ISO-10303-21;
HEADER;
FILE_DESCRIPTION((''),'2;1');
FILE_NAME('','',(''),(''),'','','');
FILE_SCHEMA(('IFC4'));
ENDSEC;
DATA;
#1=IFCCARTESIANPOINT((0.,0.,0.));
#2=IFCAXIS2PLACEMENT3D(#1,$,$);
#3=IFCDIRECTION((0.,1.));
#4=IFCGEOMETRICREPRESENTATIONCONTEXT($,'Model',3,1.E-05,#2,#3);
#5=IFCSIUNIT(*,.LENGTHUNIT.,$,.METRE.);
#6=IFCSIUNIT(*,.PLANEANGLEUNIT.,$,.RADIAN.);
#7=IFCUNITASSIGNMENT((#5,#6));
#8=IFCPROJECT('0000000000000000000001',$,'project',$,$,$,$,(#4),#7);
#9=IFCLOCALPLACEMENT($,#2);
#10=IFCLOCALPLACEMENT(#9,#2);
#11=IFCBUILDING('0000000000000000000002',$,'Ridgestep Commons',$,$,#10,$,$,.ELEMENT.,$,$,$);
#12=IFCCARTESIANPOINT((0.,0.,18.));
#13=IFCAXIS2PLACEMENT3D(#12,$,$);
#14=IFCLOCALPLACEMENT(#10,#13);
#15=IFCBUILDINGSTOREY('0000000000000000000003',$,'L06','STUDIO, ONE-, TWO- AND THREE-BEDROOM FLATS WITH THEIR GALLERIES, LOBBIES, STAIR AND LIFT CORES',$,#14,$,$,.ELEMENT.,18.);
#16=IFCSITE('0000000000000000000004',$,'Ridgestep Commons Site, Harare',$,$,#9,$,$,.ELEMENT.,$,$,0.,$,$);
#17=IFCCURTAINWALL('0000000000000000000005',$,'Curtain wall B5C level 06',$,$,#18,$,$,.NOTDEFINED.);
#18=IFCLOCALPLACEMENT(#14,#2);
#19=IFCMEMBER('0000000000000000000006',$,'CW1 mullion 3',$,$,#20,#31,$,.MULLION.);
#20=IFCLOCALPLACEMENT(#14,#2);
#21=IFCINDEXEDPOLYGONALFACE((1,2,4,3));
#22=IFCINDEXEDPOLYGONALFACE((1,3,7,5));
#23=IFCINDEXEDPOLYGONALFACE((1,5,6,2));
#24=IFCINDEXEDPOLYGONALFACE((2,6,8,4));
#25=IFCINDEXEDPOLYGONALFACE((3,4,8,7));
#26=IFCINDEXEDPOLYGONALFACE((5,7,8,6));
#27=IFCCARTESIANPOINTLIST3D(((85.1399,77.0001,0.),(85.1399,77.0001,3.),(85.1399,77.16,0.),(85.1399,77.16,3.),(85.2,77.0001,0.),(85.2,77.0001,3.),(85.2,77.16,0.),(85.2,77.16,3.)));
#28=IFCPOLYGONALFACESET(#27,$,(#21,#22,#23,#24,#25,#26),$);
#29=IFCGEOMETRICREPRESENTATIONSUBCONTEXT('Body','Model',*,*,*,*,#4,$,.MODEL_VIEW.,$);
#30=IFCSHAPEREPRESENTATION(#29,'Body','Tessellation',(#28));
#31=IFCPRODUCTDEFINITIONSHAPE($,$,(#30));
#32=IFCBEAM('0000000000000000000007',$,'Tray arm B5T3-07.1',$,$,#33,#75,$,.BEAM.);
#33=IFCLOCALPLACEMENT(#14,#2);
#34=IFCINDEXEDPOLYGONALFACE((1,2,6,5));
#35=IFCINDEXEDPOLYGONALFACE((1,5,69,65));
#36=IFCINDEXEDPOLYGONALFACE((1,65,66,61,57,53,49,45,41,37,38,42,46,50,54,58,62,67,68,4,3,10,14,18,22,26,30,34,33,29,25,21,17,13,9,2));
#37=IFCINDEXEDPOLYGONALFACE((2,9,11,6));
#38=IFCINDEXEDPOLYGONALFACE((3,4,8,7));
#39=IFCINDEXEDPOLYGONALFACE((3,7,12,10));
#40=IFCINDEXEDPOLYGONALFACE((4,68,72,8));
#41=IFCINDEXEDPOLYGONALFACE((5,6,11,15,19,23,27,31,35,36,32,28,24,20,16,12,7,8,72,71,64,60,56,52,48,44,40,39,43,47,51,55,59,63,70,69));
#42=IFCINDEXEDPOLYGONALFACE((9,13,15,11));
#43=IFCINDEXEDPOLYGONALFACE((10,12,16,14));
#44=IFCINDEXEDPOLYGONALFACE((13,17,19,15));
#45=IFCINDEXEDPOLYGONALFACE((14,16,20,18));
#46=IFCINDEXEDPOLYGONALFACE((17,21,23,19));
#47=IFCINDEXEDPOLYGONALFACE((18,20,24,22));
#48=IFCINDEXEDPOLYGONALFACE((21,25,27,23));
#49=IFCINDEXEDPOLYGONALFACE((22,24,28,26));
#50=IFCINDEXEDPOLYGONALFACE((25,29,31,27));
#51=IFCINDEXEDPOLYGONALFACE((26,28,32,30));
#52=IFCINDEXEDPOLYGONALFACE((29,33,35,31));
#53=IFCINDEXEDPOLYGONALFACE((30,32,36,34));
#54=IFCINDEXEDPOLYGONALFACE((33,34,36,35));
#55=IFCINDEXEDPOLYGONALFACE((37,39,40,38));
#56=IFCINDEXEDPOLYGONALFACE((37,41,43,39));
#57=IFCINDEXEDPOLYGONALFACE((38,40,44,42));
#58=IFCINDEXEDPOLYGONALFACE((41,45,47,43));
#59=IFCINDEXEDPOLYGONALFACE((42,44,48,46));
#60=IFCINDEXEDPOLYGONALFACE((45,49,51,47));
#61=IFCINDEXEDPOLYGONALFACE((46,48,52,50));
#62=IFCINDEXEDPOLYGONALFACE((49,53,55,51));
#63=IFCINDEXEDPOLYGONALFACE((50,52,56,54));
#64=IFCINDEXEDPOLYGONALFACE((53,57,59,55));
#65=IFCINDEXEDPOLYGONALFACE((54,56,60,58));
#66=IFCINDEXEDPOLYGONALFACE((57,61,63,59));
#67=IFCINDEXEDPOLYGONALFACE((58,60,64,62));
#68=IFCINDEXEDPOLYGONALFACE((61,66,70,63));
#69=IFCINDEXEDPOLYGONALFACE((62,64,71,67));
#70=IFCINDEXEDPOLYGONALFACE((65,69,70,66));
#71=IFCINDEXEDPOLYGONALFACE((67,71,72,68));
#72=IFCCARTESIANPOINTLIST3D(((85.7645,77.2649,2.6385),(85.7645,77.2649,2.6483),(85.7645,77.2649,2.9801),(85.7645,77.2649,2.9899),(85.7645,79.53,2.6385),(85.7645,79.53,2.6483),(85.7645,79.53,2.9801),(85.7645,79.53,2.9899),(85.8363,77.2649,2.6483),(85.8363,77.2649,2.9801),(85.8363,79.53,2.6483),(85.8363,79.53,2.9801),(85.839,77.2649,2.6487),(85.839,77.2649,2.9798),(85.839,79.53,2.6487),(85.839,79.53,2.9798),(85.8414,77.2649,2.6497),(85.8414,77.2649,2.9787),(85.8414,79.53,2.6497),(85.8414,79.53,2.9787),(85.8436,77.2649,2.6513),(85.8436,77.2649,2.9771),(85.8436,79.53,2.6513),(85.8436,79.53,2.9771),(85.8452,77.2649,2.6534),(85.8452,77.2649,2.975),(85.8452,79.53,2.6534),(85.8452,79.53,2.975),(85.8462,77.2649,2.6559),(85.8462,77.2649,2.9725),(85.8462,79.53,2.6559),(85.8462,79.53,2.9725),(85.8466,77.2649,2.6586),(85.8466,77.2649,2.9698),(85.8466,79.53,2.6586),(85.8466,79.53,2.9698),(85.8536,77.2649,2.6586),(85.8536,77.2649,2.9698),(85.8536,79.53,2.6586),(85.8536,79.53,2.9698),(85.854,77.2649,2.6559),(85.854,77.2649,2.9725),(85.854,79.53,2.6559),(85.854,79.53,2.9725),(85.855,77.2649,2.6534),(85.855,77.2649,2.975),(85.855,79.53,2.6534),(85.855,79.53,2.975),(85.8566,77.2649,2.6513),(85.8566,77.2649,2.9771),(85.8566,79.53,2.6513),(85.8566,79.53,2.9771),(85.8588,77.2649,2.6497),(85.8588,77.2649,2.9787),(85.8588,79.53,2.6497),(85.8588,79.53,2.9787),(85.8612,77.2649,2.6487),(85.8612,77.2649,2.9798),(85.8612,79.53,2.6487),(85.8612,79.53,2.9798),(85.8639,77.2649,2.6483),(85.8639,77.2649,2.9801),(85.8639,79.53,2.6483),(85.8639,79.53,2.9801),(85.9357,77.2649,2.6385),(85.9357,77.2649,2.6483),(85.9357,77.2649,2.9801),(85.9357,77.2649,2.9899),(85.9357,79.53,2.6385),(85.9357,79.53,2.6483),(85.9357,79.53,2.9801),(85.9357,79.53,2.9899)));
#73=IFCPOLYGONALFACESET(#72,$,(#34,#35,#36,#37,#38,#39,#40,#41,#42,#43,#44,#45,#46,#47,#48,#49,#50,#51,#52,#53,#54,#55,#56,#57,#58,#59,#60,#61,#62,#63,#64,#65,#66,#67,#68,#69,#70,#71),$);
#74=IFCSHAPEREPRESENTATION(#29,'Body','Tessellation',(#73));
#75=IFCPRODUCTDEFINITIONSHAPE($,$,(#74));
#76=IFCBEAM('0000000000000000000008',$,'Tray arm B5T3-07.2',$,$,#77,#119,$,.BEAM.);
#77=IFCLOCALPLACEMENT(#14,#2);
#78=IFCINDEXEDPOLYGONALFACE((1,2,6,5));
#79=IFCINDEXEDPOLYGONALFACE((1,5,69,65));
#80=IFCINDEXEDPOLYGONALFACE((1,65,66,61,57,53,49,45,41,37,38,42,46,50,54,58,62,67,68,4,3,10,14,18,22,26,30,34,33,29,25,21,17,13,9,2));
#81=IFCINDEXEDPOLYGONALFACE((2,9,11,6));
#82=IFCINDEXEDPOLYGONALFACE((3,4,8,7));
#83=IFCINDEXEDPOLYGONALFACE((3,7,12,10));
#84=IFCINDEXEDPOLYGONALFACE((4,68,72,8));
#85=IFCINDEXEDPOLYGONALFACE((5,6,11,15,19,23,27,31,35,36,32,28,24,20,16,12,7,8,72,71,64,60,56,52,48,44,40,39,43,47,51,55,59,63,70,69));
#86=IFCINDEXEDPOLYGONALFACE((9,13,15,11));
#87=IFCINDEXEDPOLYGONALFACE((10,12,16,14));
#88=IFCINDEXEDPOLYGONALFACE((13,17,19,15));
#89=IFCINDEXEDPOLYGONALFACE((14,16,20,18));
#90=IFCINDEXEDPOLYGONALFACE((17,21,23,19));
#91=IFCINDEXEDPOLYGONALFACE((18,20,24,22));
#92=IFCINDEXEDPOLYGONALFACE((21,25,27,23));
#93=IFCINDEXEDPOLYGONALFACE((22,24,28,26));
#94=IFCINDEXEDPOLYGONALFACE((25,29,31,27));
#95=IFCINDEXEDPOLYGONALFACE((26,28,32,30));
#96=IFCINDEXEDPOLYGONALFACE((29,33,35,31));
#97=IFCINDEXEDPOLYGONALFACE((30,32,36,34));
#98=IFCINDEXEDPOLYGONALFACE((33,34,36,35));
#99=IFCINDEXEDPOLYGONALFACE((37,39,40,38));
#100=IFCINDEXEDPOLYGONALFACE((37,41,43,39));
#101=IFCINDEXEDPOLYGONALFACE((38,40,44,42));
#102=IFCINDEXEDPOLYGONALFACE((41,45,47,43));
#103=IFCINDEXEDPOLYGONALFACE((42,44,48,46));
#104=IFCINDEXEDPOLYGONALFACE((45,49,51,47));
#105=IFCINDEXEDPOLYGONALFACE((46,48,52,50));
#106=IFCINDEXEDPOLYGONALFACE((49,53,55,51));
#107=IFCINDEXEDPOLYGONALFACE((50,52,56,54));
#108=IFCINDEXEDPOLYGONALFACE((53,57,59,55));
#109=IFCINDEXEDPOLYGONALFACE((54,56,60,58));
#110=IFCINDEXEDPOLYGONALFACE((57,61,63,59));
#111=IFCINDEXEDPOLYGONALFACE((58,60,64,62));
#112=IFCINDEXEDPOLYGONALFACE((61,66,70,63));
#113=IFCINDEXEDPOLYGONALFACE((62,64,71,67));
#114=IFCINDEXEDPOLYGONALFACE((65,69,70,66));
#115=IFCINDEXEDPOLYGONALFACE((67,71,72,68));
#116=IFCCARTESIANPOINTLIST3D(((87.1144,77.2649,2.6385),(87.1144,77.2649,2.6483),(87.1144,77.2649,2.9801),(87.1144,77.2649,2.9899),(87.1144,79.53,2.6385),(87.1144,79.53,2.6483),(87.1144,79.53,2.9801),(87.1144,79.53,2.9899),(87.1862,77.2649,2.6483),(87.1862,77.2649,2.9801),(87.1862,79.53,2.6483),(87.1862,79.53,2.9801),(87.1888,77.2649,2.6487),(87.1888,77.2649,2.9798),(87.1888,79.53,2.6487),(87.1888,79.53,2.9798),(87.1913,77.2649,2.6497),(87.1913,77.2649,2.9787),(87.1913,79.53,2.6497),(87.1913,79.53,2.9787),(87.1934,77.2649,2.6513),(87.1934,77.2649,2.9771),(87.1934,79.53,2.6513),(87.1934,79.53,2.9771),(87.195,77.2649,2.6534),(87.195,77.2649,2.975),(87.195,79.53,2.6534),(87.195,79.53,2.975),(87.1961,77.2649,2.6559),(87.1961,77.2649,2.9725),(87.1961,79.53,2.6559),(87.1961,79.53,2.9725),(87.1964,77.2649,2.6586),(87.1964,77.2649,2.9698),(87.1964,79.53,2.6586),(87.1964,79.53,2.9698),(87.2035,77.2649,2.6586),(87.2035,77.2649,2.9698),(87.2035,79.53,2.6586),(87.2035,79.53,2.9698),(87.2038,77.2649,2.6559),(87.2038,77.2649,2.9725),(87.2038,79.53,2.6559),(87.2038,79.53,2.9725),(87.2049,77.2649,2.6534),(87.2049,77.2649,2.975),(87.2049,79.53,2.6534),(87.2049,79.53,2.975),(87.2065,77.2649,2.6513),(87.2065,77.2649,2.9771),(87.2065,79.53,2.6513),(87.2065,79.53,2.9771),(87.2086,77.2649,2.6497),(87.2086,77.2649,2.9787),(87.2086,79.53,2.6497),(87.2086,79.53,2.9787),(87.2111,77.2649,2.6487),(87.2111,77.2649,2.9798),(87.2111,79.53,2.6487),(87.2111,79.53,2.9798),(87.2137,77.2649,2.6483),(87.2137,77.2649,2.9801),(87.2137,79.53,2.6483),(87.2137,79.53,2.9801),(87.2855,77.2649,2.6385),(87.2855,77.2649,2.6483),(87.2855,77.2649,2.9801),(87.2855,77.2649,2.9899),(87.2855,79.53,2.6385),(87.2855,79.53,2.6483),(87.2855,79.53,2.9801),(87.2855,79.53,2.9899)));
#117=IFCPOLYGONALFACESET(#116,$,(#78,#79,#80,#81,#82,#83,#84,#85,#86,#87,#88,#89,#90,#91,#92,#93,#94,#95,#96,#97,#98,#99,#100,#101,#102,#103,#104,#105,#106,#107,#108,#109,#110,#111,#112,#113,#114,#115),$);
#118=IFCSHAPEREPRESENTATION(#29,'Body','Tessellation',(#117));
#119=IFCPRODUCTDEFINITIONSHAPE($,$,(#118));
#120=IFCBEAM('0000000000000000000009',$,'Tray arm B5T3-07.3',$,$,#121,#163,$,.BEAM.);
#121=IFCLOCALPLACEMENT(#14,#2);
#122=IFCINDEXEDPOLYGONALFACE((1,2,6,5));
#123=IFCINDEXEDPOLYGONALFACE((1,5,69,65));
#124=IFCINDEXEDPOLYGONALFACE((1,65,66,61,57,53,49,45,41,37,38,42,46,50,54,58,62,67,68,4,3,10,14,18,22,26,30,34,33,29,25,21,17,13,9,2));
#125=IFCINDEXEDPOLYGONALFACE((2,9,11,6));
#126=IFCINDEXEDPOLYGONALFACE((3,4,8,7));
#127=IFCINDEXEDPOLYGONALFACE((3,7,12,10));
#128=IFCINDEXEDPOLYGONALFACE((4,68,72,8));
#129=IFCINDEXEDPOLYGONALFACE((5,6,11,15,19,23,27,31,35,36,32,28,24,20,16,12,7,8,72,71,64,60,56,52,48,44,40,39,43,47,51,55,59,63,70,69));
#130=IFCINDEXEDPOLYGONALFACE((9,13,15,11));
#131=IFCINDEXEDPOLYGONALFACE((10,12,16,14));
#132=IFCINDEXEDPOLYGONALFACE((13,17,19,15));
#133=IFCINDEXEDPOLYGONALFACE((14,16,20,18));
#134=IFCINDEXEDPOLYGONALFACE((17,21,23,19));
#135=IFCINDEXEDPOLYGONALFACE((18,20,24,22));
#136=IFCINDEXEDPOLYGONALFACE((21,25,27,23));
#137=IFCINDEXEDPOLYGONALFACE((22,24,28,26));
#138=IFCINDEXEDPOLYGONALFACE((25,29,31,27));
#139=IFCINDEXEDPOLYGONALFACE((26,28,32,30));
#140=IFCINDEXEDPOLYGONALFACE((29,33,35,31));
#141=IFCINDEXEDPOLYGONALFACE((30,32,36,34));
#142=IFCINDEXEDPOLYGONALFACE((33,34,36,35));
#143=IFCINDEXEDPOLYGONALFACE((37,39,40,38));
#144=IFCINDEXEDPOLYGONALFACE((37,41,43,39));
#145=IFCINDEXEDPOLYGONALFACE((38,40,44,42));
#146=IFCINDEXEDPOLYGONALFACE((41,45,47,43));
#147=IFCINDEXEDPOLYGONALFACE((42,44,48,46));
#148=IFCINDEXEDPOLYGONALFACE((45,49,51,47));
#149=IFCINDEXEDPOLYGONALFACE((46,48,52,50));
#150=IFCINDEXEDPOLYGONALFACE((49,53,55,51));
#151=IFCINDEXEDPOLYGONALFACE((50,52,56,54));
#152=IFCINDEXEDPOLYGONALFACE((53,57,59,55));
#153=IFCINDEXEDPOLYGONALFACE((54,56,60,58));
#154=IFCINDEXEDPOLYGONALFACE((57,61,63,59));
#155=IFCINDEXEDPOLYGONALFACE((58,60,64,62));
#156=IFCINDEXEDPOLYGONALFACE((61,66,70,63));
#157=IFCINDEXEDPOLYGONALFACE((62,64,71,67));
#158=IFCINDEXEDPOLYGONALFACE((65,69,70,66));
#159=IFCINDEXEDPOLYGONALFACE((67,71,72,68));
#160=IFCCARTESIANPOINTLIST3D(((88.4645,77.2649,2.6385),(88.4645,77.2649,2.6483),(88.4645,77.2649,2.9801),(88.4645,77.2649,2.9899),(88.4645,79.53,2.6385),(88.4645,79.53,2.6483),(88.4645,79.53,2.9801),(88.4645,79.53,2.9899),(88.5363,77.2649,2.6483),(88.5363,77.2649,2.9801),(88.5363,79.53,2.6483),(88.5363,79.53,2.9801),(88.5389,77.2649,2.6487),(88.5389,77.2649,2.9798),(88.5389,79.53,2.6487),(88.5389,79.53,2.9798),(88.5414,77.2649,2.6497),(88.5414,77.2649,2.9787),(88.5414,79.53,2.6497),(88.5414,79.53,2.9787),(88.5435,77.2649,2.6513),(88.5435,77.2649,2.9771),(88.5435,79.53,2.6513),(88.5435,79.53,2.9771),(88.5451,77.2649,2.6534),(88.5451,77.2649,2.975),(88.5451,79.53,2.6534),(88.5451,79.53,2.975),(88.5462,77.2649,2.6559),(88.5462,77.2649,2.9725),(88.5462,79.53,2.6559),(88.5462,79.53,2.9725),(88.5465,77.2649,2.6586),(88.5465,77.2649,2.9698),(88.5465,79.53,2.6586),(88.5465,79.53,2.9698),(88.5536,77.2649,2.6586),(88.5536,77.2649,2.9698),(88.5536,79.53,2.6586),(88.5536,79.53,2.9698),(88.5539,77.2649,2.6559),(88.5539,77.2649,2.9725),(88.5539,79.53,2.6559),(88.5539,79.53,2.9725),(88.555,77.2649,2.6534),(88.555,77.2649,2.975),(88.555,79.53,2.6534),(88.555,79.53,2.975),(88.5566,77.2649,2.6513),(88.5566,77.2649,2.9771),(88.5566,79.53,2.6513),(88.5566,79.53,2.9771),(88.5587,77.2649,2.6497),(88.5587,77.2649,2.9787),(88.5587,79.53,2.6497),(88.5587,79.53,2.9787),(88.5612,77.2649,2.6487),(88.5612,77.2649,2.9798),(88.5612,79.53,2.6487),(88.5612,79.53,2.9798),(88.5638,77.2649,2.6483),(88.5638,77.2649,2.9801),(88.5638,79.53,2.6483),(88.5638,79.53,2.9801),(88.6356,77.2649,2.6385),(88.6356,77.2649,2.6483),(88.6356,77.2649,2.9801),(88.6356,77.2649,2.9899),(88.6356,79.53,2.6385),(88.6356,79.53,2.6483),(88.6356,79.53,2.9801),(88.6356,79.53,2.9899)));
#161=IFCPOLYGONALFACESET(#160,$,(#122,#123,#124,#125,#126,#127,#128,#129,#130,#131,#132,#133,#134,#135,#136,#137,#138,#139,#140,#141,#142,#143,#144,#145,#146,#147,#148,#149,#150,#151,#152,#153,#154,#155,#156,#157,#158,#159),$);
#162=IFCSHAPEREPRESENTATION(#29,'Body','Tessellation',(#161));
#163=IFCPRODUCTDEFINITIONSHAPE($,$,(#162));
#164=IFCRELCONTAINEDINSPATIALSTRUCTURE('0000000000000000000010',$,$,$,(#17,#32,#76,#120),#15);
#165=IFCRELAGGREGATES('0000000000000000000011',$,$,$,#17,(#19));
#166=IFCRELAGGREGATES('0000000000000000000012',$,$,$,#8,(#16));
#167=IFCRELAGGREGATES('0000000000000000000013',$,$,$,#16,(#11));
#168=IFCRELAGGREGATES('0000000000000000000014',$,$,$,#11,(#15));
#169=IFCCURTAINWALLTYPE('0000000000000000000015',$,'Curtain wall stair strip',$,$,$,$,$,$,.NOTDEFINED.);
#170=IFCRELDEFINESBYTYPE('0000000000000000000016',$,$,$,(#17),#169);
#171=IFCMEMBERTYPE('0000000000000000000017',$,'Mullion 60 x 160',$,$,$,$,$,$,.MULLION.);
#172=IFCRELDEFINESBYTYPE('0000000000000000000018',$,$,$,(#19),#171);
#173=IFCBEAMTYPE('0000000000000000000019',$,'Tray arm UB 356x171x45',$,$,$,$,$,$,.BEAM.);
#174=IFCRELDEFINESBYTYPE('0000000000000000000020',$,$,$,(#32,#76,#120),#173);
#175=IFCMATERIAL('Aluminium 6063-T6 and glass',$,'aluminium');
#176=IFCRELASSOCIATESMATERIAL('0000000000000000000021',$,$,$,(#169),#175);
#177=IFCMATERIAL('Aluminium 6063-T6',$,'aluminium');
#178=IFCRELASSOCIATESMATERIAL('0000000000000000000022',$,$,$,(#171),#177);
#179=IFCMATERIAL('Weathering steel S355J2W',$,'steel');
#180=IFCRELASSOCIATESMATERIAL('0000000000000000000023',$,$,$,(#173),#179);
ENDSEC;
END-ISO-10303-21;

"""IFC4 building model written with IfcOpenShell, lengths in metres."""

from ifc_helpers import new_model, si_unit, direction, frame, origin, origin_2d, place, context, subcontext, project, spatial, rectangle, i_section, extrude, material, material_profile, profile_set, type_object, element, aggregate, save


model = new_model("IFC4")

# Units and contexts
model_context = context("Model", 3, precision=1e-05, world=origin(), true_north=direction((0.0, 1.0)))
body_context = subcontext(model_context, "Body", "Model", "MODEL_VIEW")
ifc_project = project(units=[si_unit("LENGTHUNIT", "METRE"), si_unit("PLANEANGLEUNIT", "RADIAN")], contexts=[model_context])

# Site, building, storey
site_placement = place(None, origin())
site = spatial("IfcSite", under=ifc_project, at=site_placement, Name="Ridgestep Commons Site, Harare", CompositionType="ELEMENT", RefElevation=0.0)
building_placement = place(site_placement, origin())
building = spatial("IfcBuilding", under=site, at=building_placement, Name="Ridgestep Commons", CompositionType="ELEMENT")
storey_placement = place(building_placement, frame((0.0, 0.0, 18.0)))
storey = spatial("IfcBuildingStorey", under=building, at=storey_placement, Name="L06", Description="STUDIO, ONE-, TWO- AND THREE-BEDROOM FLATS WITH THEIR GALLERIES, LOBBIES, STAIR AND LIFT CORES", CompositionType="ELEMENT", Elevation=18.0)

# Curtain wall, member
ifc_material_1 = material(Name="Aluminium 6063-T6 and glass", Category="aluminium")
curtain_wall_type = type_object("IfcCurtainWallType", Name="Curtain wall stair strip", PredefinedType="NOTDEFINED", material=ifc_material_1)
curtain_wall_placement = place(storey_placement, origin())
curtain_wall = element("IfcCurtainWall", 1, at=curtain_wall_placement, inside=storey, type_object=curtain_wall_type, Name="Curtain wall B5C level 06", PredefinedType="NOTDEFINED")
ifc_material_2 = material(Name="Aluminium 6063-T6", Category="aluminium")
ifc_material_profile_1 = material_profile(ifc_material_2, rectangle(XDim=0.1599, YDim=0.0601, at=origin_2d()), Name="Mullion 60 x 160")
ifc_profile_set_1 = profile_set([ifc_material_profile_1], Name="Aluminium 6063-T6")
member_type = type_object("IfcMemberType", Name="Mullion 60 x 160", PredefinedType="MULLION", material=ifc_profile_set_1)
member_placement = place(storey_placement, frame((85.1699, 77.0801, 0.0), z_axis=(0.0, 0.0, 1.0), x_axis=(0.0, 1.0, 0.0)))
member = element("IfcMember", 2, at=member_placement, type_object=member_type, Name="CW1 mullion 3", PredefinedType="MULLION", context=body_context, shape_type="SweptSolid", body=[
    extrude(rectangle(XDim=0.1599, YDim=0.0601, at=origin_2d()), origin(), (0.0, 0.0, 1.0), 3.0),
])

# Beams
ifc_material_3 = material(Name="Weathering steel S355J2W", Category="steel")
ifc_material_profile_2 = material_profile(ifc_material_3, i_section(OverallWidth=0.1711, OverallDepth=0.3513, WebThickness=0.0071, FlangeThickness=0.0098, FilletRadius=0.0103, at=origin_2d()), Name="UB 356x171x45")
ifc_profile_set_2 = profile_set([ifc_material_profile_2], Name="Weathering steel S355J2W")
beam_type_1 = type_object("IfcBeamType", Name="Tray arm UB 356x171x45", PredefinedType="BEAM", material=ifc_profile_set_2)
for number, where, z_axis, x_axis, name in (
    (3, (85.8501, 77.2649, 2.8142), (0.0, 1.0, 0.0), (-1.0, 0.0, 0.0), "Tray arm B5T3-07.1"),
    (4, (87.2, 77.2649, 2.8142), (0.0, 1.0, 0.0), (-1.0, 0.0, 0.0), "Tray arm B5T3-07.2"),
    (5, (88.55, 77.2649, 2.8142), (0.0, 1.0, 0.0), (-1.0, 0.0, 0.0), "Tray arm B5T3-07.3"),
):
    element("IfcBeam", number, at=place(storey_placement, frame(where, z_axis=z_axis, x_axis=x_axis)), inside=storey, type_object=beam_type_1, Name=name, PredefinedType="BEAM", context=body_context, shape_type="SweptSolid", body=[
        extrude(i_section(OverallWidth=0.1711, OverallDepth=0.3513, WebThickness=0.0071, FlangeThickness=0.0098, FilletRadius=0.0103, at=origin_2d()), origin(), (0.0, 0.0, 1.0), 2.2651),
    ])

aggregate(curtain_wall, [member])

save(model, "model.ifc")
